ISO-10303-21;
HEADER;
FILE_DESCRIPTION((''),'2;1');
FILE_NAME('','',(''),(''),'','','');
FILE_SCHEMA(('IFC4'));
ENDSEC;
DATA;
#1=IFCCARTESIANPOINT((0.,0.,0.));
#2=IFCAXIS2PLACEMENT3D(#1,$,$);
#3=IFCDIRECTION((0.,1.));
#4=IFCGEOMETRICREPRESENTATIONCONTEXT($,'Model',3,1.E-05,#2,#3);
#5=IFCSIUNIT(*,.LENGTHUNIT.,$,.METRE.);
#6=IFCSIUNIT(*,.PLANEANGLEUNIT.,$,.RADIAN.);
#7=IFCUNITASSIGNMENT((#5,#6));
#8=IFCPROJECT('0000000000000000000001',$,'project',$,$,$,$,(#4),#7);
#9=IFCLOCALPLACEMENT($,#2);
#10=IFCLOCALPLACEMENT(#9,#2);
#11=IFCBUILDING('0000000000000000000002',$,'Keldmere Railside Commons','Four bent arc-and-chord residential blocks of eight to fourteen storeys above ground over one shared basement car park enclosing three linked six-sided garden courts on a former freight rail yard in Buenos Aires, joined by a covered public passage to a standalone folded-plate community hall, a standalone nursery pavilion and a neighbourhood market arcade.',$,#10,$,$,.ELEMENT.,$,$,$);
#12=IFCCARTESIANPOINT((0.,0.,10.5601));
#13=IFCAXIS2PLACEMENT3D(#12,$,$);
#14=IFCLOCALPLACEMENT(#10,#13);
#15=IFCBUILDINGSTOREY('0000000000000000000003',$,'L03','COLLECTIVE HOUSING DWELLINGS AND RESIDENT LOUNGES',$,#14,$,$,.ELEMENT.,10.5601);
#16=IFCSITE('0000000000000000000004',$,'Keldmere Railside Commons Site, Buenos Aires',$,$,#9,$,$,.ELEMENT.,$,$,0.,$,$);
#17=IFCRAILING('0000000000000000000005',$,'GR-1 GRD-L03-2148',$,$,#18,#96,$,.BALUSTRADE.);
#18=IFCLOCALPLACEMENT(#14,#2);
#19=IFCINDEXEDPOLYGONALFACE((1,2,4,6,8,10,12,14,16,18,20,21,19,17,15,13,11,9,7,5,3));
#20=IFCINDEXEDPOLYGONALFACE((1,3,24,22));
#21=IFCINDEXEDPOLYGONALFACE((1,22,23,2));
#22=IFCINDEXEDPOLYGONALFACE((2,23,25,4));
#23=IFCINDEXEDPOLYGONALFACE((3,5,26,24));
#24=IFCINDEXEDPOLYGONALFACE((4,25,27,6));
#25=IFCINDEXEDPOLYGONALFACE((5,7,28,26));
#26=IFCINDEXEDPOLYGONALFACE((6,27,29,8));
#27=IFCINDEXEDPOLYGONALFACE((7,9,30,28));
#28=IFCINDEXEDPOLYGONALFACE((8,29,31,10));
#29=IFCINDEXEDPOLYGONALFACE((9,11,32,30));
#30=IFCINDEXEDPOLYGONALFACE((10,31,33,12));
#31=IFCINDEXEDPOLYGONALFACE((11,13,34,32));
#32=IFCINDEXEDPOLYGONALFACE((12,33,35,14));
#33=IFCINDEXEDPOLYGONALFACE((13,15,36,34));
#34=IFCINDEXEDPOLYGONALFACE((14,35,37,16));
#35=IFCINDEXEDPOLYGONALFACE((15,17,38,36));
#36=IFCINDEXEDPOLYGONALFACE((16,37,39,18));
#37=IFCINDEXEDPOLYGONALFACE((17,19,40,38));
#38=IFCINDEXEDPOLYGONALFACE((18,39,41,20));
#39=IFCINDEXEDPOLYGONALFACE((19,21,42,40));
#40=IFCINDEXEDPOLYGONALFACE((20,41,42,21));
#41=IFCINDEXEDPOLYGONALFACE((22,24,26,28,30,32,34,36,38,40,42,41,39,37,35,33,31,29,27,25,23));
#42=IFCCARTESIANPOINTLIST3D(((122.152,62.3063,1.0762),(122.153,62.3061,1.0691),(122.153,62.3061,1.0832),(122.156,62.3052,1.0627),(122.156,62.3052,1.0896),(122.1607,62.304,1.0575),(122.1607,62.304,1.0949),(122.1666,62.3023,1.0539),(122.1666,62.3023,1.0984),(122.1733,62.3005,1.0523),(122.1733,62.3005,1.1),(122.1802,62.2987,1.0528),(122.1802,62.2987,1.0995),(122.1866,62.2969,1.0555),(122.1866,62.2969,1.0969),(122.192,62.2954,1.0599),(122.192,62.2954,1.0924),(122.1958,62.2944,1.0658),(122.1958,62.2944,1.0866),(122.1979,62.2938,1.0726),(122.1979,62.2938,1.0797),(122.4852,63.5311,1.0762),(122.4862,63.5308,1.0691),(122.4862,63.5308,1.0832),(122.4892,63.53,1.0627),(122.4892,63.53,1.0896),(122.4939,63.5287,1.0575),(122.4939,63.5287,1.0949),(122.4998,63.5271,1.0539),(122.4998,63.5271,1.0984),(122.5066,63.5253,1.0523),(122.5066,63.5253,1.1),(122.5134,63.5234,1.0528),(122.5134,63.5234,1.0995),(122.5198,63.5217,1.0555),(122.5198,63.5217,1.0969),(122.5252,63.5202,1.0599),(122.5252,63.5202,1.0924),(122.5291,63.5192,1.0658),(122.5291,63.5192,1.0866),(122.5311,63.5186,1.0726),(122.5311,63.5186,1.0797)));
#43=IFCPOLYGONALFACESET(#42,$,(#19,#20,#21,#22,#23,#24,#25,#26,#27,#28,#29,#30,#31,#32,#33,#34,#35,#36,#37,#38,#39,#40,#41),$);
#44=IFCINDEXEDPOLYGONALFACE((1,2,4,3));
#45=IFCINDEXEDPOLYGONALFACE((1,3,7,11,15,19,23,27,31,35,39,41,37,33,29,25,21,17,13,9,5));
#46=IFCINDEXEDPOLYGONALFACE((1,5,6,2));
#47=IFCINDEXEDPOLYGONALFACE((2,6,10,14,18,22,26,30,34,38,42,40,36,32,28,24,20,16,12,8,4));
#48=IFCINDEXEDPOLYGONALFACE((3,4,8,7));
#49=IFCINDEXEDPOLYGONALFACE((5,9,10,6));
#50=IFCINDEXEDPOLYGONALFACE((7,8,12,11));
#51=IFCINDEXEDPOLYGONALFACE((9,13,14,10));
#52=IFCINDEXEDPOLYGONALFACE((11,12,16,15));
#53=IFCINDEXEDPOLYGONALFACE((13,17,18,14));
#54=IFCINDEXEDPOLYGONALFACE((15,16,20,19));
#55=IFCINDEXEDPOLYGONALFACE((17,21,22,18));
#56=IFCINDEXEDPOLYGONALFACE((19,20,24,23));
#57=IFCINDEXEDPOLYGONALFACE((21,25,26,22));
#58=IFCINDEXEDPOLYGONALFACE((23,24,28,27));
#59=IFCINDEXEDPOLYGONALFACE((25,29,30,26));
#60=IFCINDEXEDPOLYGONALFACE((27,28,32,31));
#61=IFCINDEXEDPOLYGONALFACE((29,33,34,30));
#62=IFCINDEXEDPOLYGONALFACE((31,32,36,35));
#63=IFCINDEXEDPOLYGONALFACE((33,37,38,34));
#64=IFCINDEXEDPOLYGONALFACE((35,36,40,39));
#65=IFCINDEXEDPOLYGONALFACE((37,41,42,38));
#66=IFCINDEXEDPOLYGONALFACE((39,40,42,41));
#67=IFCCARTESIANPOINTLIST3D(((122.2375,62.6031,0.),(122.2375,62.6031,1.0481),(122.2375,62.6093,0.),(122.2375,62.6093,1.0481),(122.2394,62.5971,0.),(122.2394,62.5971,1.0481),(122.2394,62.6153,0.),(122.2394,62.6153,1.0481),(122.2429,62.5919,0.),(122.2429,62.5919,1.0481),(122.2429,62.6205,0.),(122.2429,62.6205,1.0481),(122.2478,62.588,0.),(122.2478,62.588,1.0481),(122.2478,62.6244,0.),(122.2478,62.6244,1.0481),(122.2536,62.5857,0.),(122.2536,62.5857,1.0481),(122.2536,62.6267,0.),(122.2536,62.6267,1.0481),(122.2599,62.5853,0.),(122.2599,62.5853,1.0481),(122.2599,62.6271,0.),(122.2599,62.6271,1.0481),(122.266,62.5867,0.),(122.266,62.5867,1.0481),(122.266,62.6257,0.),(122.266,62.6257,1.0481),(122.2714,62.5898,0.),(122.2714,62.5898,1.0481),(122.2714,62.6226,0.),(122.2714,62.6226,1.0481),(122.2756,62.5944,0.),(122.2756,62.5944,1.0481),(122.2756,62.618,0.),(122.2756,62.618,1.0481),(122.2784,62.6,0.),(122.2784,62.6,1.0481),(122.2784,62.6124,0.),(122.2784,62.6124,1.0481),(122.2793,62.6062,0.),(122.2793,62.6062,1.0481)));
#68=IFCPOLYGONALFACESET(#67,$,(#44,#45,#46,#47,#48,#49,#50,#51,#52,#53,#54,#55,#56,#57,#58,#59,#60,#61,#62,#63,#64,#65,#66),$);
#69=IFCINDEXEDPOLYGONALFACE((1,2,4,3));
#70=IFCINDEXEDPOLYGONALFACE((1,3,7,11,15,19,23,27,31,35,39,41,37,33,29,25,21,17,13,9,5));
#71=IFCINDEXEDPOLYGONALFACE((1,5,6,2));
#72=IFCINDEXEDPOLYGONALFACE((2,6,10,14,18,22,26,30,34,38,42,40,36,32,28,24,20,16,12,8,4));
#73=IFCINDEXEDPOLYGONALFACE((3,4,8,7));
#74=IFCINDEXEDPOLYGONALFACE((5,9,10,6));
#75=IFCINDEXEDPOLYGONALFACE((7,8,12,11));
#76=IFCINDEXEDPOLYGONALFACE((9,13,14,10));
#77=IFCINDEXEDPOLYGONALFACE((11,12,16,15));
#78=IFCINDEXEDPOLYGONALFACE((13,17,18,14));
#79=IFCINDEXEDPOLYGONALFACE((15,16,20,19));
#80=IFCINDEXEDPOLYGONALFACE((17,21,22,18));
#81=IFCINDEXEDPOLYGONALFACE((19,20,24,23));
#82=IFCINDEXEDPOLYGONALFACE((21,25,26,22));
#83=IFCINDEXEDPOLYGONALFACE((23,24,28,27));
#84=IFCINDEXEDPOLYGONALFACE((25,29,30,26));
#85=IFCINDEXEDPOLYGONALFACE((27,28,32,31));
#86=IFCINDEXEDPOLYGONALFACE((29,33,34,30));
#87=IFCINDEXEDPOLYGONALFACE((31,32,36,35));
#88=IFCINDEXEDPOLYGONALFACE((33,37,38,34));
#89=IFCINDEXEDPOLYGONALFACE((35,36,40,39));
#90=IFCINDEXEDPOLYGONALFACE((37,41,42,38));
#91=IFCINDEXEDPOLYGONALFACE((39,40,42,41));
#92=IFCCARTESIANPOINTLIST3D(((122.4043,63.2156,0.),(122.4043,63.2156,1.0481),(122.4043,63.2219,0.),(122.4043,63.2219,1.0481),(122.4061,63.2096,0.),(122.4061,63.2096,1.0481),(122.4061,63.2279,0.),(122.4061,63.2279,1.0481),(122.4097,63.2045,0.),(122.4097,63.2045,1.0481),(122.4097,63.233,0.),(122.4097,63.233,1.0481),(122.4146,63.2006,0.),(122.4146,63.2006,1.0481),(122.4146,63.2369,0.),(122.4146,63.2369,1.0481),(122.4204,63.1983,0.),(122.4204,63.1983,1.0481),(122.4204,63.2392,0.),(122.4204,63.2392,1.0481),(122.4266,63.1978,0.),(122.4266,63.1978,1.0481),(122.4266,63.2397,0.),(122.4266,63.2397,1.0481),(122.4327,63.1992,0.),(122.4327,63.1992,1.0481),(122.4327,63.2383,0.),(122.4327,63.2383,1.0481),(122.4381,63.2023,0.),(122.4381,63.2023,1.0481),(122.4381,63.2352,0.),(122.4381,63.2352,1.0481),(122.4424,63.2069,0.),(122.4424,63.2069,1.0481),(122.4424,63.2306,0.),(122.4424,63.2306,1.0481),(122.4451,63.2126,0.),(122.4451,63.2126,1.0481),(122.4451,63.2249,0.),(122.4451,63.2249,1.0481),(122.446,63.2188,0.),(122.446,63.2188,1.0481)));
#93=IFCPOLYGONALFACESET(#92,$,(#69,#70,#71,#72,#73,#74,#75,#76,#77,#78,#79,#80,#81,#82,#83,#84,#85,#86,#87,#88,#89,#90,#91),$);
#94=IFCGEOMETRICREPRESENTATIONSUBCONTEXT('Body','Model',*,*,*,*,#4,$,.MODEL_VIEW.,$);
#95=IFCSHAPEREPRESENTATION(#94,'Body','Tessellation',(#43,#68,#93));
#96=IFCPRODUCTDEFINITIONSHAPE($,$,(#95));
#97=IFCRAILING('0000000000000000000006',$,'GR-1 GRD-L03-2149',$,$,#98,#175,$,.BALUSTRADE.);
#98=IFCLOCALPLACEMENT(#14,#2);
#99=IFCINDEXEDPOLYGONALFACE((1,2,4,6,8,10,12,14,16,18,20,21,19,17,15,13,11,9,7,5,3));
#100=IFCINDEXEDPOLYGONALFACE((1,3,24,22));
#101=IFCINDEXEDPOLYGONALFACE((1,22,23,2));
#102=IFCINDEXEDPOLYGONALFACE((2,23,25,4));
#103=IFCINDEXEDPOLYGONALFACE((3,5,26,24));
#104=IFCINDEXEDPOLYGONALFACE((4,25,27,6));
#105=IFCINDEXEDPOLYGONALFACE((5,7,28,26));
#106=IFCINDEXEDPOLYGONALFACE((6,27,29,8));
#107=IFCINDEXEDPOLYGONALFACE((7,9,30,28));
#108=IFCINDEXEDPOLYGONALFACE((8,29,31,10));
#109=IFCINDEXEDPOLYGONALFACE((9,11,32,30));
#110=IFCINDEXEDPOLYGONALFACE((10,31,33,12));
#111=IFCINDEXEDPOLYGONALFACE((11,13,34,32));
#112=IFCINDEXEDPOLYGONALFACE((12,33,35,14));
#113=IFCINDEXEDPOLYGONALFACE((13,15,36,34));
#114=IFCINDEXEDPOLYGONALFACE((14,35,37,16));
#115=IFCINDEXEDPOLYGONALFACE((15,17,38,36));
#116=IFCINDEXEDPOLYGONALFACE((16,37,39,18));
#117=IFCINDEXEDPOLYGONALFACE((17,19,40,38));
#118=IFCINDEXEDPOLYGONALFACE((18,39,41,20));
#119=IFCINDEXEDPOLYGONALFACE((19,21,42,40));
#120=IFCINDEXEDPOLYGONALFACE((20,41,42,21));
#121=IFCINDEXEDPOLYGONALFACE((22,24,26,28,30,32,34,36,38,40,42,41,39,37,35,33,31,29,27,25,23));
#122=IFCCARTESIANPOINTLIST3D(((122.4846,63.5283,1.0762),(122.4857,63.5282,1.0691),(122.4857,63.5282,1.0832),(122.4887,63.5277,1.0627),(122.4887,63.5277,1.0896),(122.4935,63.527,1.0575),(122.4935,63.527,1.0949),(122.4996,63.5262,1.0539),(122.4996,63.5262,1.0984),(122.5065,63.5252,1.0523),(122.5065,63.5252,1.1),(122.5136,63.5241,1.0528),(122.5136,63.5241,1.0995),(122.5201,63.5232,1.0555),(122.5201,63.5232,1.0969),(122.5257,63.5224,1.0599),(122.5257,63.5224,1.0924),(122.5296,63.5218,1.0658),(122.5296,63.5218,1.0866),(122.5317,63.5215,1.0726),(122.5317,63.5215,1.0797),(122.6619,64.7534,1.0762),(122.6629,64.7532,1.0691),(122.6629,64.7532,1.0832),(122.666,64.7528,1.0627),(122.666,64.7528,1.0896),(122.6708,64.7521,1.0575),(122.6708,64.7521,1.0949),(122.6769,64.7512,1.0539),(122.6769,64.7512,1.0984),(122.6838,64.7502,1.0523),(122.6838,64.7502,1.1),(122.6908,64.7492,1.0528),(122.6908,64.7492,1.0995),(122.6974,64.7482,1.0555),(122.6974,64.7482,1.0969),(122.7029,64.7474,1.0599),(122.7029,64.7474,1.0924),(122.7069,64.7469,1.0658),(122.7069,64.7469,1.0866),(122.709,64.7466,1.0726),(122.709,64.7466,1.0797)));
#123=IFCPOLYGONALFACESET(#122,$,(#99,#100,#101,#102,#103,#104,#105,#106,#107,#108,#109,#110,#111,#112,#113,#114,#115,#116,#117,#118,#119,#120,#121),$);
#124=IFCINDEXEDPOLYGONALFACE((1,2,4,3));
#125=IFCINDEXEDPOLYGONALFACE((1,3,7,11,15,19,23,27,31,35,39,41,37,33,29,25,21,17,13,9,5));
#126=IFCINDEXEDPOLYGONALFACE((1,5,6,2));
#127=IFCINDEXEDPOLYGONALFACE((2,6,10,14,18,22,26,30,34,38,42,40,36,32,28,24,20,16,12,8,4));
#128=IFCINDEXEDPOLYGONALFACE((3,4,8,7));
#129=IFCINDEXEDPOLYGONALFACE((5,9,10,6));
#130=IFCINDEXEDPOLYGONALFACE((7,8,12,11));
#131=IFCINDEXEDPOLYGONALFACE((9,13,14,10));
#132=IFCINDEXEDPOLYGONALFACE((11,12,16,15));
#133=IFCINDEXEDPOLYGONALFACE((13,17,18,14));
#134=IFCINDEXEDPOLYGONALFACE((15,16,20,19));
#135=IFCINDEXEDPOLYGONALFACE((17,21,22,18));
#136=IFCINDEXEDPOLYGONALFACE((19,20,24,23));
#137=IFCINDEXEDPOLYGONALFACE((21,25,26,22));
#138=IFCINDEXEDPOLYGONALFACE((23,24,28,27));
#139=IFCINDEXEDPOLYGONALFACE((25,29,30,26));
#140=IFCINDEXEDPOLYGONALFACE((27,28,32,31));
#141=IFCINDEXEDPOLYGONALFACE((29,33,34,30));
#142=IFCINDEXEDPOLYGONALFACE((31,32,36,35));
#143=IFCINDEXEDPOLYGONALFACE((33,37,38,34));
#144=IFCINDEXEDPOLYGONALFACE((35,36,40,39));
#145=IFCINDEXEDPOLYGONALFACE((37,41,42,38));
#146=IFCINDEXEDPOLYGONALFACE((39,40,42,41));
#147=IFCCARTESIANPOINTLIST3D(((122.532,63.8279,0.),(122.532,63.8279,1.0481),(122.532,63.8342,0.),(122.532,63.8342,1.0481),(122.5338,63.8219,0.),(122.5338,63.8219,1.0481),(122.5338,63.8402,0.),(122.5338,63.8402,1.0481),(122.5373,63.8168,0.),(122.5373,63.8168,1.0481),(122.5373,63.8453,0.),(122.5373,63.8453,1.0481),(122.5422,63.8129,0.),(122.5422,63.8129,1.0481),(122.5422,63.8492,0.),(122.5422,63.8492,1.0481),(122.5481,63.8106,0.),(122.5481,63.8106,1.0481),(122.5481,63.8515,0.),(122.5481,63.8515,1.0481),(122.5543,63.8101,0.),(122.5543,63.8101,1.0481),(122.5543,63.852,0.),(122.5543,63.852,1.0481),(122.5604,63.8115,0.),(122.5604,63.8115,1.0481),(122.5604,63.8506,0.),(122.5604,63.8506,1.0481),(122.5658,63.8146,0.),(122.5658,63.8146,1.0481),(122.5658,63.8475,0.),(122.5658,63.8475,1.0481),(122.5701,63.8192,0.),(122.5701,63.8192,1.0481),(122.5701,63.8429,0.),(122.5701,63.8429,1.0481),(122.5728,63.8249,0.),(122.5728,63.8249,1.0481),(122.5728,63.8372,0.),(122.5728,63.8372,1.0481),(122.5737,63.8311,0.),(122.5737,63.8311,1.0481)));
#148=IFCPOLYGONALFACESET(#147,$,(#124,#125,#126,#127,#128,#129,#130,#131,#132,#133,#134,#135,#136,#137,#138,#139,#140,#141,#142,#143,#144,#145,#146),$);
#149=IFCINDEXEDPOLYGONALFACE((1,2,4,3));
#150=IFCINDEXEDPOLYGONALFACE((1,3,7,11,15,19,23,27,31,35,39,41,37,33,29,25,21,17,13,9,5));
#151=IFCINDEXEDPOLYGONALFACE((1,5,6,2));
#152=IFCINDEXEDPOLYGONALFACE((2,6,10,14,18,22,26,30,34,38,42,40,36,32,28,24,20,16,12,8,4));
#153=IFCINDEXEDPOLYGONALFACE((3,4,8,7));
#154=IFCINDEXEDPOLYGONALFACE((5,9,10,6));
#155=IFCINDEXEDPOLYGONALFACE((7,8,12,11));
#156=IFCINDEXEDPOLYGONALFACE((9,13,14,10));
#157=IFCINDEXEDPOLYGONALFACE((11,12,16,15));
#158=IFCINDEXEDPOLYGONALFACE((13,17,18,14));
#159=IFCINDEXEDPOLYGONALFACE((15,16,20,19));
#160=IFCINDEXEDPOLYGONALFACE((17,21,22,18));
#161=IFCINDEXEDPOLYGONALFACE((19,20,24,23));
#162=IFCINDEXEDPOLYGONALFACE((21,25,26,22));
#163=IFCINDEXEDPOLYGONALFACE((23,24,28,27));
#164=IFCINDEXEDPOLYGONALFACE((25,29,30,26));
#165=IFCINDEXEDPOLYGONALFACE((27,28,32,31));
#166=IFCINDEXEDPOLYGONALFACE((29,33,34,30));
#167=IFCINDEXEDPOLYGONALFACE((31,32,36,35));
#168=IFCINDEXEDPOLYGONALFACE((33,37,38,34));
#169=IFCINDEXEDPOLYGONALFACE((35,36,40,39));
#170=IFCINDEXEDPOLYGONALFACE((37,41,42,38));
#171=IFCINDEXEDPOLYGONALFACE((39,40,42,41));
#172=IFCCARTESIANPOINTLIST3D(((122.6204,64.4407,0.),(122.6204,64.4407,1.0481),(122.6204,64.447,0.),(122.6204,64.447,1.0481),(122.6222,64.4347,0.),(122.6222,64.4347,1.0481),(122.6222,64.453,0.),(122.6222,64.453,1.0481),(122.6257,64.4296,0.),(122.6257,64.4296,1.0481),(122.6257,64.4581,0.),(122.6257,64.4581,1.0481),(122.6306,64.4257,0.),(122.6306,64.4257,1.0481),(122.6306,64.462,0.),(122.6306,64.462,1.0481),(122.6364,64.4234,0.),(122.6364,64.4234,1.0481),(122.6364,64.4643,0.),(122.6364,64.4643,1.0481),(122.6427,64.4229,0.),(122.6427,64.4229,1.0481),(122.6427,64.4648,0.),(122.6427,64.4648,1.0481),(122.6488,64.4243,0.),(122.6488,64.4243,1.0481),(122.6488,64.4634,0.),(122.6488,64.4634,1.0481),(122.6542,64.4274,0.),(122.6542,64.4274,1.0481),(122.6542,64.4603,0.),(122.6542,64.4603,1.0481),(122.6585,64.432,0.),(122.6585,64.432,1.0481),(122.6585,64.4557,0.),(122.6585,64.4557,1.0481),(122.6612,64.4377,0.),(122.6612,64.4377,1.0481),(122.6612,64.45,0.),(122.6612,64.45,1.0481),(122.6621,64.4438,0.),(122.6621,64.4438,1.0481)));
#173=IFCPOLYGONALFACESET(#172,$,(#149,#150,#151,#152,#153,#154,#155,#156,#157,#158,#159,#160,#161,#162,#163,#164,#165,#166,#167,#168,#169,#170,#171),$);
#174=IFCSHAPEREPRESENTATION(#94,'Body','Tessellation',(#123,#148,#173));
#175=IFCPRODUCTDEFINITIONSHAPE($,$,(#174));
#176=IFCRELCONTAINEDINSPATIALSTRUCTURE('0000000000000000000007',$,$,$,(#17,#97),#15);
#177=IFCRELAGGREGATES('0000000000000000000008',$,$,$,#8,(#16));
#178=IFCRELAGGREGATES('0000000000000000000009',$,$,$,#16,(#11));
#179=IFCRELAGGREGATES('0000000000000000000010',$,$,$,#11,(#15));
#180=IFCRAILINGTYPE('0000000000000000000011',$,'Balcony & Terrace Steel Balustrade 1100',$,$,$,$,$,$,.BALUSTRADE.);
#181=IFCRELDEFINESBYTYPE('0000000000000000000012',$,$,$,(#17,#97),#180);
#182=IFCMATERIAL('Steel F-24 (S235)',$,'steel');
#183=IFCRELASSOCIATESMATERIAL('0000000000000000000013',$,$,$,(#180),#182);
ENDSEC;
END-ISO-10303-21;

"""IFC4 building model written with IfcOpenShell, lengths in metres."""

from ifc_helpers import new_model, si_unit, direction, frame, origin, origin_2d, place, context, subcontext, project, spatial, circle, extrude, material, type_object, element, save


model = new_model("IFC4")

# Units and contexts
model_context = context("Model", 3, precision=1e-05, world=origin(), true_north=direction((0.0, 1.0)))
body_context = subcontext(model_context, "Body", "Model", "MODEL_VIEW")
ifc_project = project(units=[si_unit("LENGTHUNIT", "METRE"), si_unit("PLANEANGLEUNIT", "RADIAN")], contexts=[model_context])

# Site, building, storey
site_placement = place(None, origin())
site = spatial("IfcSite", under=ifc_project, at=site_placement, Name="Keldmere Railside Commons Site, Buenos Aires", CompositionType="ELEMENT", RefElevation=0.0)
building_placement = place(site_placement, origin())
building = spatial("IfcBuilding", under=site, at=building_placement, Name="Keldmere Railside Commons", Description="Four bent arc-and-chord residential blocks of eight to fourteen storeys above ground over one shared basement car park enclosing three linked six-sided garden courts on a former freight rail yard in Buenos Aires, joined by a covered public passage to a standalone folded-plate community hall, a standalone nursery pavilion and a neighbourhood market arcade.", CompositionType="ELEMENT")
storey_placement = place(building_placement, frame((0.0, 0.0, 10.5601)))
storey = spatial("IfcBuildingStorey", under=building, at=storey_placement, Name="L03", Description="COLLECTIVE HOUSING DWELLINGS AND RESIDENT LOUNGES", CompositionType="ELEMENT", Elevation=10.5601)

# Railings
ifc_material_1 = material(Name="Steel F-24 (S235)", Category="steel")
railing_type = type_object("IfcRailingType", Name="Balcony & Terrace Steel Balustrade 1100", PredefinedType="BALUSTRADE", material=ifc_material_1)
railing_1_placement = place(storey_placement, frame((122.175, 62.3, 0.0)))
element("IfcRailing", 1, at=railing_1_placement, inside=storey, type_object=railing_type, Name="GR-1 GRD-L03-2148", PredefinedType="BALUSTRADE", context=body_context, shape_type="SweptSolid", body=[
    extrude(circle(Radius=0.0239, at=origin_2d()), frame((0.0, 0.0, 1.0762), z_axis=(0.262531, 0.964923, 0.0), x_axis=(-0.964923, 0.262531, 0.0)), (0.0, 0.0, 1.0), 1.2693),
    extrude(circle(Radius=0.021, at=origin_2d()), frame((0.0833, 0.3062, 0.0)), (0.0, 0.0, 1.0), 1.0481),
    extrude(circle(Radius=0.021, at=origin_2d()), frame((0.25, 0.9187, 0.0)), (0.0, 0.0, 1.0), 1.0481),
])
railing_2_placement = place(storey_placement, frame((122.5083, 63.5249, 0.0)))
element("IfcRailing", 2, at=railing_2_placement, inside=storey, type_object=railing_type, Name="GR-1 GRD-L03-2149", PredefinedType="BALUSTRADE", context=body_context, shape_type="SweptSolid", body=[
    extrude(circle(Radius=0.0239, at=origin_2d()), frame((0.0, 0.0, 1.0762), z_axis=(0.143188, 0.989695, 0.0), x_axis=(-0.989695, 0.143188, 0.0)), (0.0, 0.0, 1.0), 1.2378),
    extrude(circle(Radius=0.021, at=origin_2d()), frame((0.0444, 0.3062, 0.0)), (0.0, 0.0, 1.0), 1.0481),
    extrude(circle(Radius=0.021, at=origin_2d()), frame((0.1328, 0.9189, 0.0)), (0.0, 0.0, 1.0), 1.0481),
])

save(model, "model.ifc")
